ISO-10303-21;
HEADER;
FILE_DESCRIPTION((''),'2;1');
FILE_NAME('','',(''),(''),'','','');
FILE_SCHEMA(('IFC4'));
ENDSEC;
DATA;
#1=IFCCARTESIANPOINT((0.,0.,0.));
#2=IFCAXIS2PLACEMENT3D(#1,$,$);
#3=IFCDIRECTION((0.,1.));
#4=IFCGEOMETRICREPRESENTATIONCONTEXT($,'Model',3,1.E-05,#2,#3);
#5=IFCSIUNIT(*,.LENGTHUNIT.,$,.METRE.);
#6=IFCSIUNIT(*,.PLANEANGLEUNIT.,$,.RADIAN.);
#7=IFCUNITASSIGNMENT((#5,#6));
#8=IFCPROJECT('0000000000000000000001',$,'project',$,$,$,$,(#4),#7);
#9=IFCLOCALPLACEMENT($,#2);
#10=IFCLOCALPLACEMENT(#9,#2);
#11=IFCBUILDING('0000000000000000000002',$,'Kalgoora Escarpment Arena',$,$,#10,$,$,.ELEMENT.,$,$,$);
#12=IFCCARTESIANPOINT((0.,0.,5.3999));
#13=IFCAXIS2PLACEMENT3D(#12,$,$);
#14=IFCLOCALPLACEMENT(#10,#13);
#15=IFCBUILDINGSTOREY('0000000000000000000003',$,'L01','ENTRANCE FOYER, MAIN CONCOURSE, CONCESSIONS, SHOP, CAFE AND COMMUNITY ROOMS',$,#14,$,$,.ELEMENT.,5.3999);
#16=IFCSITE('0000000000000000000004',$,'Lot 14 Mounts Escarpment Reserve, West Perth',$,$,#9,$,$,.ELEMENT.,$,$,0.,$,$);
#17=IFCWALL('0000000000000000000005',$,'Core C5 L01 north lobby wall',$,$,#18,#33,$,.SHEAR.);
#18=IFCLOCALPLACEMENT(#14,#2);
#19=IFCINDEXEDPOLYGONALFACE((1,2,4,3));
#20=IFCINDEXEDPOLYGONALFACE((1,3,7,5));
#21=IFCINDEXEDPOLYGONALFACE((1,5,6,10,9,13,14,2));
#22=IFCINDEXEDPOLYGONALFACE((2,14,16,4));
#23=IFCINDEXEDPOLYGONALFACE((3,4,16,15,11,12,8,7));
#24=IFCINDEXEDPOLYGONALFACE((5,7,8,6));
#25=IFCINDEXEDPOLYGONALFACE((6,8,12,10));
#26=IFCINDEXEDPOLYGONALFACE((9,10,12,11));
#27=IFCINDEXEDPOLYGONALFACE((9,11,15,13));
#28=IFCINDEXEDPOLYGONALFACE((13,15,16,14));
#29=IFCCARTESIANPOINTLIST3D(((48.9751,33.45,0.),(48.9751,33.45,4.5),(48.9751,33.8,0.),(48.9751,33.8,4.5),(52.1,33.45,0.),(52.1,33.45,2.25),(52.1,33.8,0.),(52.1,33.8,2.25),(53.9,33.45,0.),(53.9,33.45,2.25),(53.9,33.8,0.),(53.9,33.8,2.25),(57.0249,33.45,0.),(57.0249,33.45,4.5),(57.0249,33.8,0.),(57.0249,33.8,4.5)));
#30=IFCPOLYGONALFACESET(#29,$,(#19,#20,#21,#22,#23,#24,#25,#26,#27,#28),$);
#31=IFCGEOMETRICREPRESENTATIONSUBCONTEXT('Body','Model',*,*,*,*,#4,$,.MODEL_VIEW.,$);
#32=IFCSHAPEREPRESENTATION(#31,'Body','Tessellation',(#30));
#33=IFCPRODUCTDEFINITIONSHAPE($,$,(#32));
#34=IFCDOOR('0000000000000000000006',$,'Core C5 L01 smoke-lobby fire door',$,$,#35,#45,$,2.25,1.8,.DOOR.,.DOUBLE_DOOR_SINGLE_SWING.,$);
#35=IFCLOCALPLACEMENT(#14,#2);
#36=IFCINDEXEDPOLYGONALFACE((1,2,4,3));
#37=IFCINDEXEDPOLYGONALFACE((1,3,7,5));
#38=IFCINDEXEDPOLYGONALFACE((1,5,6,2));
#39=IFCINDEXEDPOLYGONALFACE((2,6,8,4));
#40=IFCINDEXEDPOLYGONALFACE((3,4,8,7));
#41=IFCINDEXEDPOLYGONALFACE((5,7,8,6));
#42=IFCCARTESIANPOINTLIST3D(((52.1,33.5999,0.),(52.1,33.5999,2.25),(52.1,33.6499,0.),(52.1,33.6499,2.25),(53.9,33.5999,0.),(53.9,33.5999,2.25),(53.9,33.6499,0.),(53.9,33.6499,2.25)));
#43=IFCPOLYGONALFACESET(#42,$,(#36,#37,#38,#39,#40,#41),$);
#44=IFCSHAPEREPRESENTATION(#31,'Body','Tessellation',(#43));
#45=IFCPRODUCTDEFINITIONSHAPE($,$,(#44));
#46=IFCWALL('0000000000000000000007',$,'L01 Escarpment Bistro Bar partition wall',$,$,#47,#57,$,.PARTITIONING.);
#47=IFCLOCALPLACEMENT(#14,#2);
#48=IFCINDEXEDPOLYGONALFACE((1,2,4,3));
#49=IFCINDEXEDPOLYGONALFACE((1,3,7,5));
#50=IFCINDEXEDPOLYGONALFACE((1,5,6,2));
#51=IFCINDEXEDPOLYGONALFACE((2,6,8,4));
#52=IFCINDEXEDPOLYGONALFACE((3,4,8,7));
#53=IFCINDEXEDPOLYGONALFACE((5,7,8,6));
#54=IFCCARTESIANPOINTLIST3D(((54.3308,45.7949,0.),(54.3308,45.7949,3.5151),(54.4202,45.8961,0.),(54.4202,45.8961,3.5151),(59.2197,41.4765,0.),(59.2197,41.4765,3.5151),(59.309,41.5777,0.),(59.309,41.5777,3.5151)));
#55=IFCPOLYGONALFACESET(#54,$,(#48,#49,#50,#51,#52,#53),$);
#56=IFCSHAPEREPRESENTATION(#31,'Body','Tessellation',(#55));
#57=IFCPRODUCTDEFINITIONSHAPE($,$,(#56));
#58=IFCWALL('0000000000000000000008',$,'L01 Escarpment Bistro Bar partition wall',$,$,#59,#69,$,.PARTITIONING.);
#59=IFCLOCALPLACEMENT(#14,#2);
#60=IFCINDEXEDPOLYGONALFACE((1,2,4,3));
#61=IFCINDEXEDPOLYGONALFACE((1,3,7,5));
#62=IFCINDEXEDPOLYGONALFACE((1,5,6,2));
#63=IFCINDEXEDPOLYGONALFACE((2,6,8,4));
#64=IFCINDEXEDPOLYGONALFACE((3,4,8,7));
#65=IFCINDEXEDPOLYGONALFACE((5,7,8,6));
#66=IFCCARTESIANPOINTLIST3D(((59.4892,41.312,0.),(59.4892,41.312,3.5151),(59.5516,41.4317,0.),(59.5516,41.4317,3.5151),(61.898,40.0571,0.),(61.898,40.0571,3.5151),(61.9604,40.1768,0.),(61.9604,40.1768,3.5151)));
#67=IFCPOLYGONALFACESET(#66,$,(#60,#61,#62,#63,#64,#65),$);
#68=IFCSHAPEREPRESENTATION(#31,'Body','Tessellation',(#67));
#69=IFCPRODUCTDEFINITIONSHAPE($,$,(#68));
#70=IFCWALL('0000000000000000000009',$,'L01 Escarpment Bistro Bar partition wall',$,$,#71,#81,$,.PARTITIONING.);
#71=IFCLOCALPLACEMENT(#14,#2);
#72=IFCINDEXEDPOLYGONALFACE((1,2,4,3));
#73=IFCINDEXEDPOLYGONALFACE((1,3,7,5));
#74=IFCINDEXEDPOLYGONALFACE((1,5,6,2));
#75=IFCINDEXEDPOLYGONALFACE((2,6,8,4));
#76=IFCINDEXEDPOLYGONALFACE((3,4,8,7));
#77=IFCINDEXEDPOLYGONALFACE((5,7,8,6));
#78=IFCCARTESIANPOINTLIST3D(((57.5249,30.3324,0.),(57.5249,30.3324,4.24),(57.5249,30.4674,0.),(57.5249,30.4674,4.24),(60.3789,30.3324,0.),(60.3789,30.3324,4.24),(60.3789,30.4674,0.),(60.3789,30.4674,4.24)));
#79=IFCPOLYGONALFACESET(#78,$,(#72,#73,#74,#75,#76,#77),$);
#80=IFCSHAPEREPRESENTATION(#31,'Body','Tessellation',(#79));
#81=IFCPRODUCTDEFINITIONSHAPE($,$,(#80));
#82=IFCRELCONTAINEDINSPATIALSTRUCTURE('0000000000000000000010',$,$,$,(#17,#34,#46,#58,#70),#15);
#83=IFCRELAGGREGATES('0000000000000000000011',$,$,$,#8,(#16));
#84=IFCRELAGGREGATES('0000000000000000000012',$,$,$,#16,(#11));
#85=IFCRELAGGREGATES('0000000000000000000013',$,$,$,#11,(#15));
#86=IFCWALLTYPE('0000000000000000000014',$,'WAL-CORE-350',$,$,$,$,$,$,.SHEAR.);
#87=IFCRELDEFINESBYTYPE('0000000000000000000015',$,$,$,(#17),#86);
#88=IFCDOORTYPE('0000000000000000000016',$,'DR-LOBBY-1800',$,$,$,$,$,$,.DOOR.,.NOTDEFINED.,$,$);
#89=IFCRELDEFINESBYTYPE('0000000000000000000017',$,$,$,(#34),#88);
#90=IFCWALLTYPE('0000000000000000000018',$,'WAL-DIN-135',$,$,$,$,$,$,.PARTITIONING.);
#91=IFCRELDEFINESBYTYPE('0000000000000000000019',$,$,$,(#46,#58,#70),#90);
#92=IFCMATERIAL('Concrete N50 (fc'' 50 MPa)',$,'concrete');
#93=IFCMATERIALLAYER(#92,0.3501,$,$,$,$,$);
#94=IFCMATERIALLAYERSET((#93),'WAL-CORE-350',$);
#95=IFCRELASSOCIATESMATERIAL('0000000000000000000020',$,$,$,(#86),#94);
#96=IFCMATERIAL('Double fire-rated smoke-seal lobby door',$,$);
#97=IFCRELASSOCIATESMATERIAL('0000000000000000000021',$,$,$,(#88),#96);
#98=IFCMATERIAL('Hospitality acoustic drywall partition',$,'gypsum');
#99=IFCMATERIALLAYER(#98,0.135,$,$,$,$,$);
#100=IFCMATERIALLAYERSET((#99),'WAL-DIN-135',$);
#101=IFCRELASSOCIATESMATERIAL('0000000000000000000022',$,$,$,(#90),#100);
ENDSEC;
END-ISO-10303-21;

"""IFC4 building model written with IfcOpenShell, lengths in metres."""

from ifc_helpers import new_model, si_unit, direction, frame, frame_2d, origin, place, context, subcontext, project, spatial, rectangle, extrude, material, layer, layer_set, type_object, element, fill, save


model = new_model("IFC4")

# Units and contexts
model_context = context("Model", 3, precision=1e-05, world=origin(), true_north=direction((0.0, 1.0)))
body_context = subcontext(model_context, "Body", "Model", "MODEL_VIEW")
ifc_project = project(units=[si_unit("LENGTHUNIT", "METRE"), si_unit("PLANEANGLEUNIT", "RADIAN")], contexts=[model_context])

# Site, building, storey
site_placement = place(None, origin())
site = spatial("IfcSite", under=ifc_project, at=site_placement, Name="Lot 14 Mounts Escarpment Reserve, West Perth", CompositionType="ELEMENT", RefElevation=0.0)
building_placement = place(site_placement, origin())
building = spatial("IfcBuilding", under=site, at=building_placement, Name="Kalgoora Escarpment Arena", CompositionType="ELEMENT")
storey_placement = place(building_placement, frame((0.0, 0.0, 5.3999)))
storey = spatial("IfcBuildingStorey", under=building, at=storey_placement, Name="L01", Description="ENTRANCE FOYER, MAIN CONCOURSE, CONCESSIONS, SHOP, CAFE AND COMMUNITY ROOMS", CompositionType="ELEMENT", Elevation=5.3999)

# Wall, opening, door
ifc_material_1 = material(Name="Concrete N50 (fc' 50 MPa)", Category="concrete")
ifc_layer_1 = layer(ifc_material_1, 0.3501)
ifc_layer_set_1 = layer_set([ifc_layer_1], Name="WAL-CORE-350")
wall_type_1 = type_object("IfcWallType", Name="WAL-CORE-350", PredefinedType="SHEAR", material=ifc_layer_set_1)
wall_1_placement = place(storey_placement, frame((48.9751, 33.625, 0.0), z_axis=(0.0, 0.0, 1.0), x_axis=(1.0, 0.0, 0.0)))
wall_1 = element("IfcWall", 1, at=wall_1_placement, inside=storey, type_object=wall_type_1, Name="Core C5 L01 north lobby wall", PredefinedType="SHEAR", context=body_context, shape_type="SweptSolid", body=[
    extrude(rectangle(XDim=8.0498, YDim=0.3501, at=frame_2d((4.0249, 0.0))), origin(), (0.0, 0.0, 1.0), 4.5),
])
opening_placement = place(wall_1_placement, frame((3.125, 0.0, 0.0)))
opening = element("IfcOpeningElement", 2, at=opening_placement, cuts=wall_1, PredefinedType="OPENING", context=body_context, shape_type="SweptSolid", body=[
    extrude(rectangle(XDim=1.8, YDim=2.25, at=frame_2d((0.8999, 1.125))), frame((0.0, 0.1851, 0.0), z_axis=(0.0, -1.0, 0.0), x_axis=(1.0, 0.0, 0.0)), (0.0, 0.0, 1.0), 0.3701),
])
ifc_material_2 = material(Name="Double fire-rated smoke-seal lobby door")
door_type = type_object("IfcDoorType", Name="DR-LOBBY-1800", OperationType="NOTDEFINED", PredefinedType="DOOR", material=ifc_material_2)
door_placement = place(opening_placement, origin())
door = element("IfcDoor", 3, at=door_placement, inside=storey, type_object=door_type, Name="Core C5 L01 smoke-lobby fire door", OperationType="DOUBLE_DOOR_SINGLE_SWING", OverallHeight=2.25, OverallWidth=1.8, PredefinedType="DOOR", context=body_context, shape_type="SweptSolid", body=[
    extrude(rectangle(XDim=1.8, YDim=2.25, at=frame_2d((0.8999, 1.125))), frame((0.0, 0.0249, 0.0), z_axis=(0.0, -1.0, 0.0), x_axis=(1.0, 0.0, 0.0)), (0.0, 0.0, 1.0), 0.05),
])
fill(opening, door)

# Walls
ifc_material_3 = material(Name="Hospitality acoustic drywall partition", Category="gypsum")
ifc_layer_2 = layer(ifc_material_3, 0.135)
ifc_layer_set_2 = layer_set([ifc_layer_2], Name="WAL-DIN-135")
wall_type_2 = type_object("IfcWallType", Name="WAL-DIN-135", PredefinedType="PARTITIONING", material=ifc_layer_set_2)
wall_2_placement = place(storey_placement, frame((54.3755, 45.8455, 0.0), z_axis=(0.0, 0.0, 1.0), x_axis=(0.749487, -0.662019, 0.0)))
element("IfcWall", 4, at=wall_2_placement, inside=storey, type_object=wall_type_2, Name="L01 Escarpment Bistro Bar partition wall", PredefinedType="PARTITIONING", context=body_context, shape_type="SweptSolid", body=[
    extrude(rectangle(XDim=6.5229, YDim=0.135, at=frame_2d((3.2615, 0.0))), origin(), (0.0, 0.0, 1.0), 3.5151),
])
wall_3_placement = place(storey_placement, frame((59.5205, 41.3718, 0.0), z_axis=(0.0, 0.0, 1.0), x_axis=(0.88686, -0.462038, 0.0)))
element("IfcWall", 5, at=wall_3_placement, inside=storey, type_object=wall_type_2, Name="L01 Escarpment Bistro Bar partition wall", PredefinedType="PARTITIONING", context=body_context, shape_type="SweptSolid", body=[
    extrude(rectangle(XDim=2.7161, YDim=0.135, at=frame_2d((1.3579, 0.0))), origin(), (0.0, 0.0, 1.0), 3.5151),
])
wall_4_placement = place(storey_placement, frame((60.3789, 30.3999, 0.0), z_axis=(0.0, 0.0, 1.0), x_axis=(-1.0, 0.0, 0.0)))
element("IfcWall", 6, at=wall_4_placement, inside=storey, type_object=wall_type_2, Name="L01 Escarpment Bistro Bar partition wall", PredefinedType="PARTITIONING", context=body_context, shape_type="SweptSolid", body=[
    extrude(rectangle(XDim=2.854, YDim=0.135, at=frame_2d((1.427, 0.0))), origin(), (0.0, 0.0, 1.0), 4.24),
])

save(model, "model.ifc")
